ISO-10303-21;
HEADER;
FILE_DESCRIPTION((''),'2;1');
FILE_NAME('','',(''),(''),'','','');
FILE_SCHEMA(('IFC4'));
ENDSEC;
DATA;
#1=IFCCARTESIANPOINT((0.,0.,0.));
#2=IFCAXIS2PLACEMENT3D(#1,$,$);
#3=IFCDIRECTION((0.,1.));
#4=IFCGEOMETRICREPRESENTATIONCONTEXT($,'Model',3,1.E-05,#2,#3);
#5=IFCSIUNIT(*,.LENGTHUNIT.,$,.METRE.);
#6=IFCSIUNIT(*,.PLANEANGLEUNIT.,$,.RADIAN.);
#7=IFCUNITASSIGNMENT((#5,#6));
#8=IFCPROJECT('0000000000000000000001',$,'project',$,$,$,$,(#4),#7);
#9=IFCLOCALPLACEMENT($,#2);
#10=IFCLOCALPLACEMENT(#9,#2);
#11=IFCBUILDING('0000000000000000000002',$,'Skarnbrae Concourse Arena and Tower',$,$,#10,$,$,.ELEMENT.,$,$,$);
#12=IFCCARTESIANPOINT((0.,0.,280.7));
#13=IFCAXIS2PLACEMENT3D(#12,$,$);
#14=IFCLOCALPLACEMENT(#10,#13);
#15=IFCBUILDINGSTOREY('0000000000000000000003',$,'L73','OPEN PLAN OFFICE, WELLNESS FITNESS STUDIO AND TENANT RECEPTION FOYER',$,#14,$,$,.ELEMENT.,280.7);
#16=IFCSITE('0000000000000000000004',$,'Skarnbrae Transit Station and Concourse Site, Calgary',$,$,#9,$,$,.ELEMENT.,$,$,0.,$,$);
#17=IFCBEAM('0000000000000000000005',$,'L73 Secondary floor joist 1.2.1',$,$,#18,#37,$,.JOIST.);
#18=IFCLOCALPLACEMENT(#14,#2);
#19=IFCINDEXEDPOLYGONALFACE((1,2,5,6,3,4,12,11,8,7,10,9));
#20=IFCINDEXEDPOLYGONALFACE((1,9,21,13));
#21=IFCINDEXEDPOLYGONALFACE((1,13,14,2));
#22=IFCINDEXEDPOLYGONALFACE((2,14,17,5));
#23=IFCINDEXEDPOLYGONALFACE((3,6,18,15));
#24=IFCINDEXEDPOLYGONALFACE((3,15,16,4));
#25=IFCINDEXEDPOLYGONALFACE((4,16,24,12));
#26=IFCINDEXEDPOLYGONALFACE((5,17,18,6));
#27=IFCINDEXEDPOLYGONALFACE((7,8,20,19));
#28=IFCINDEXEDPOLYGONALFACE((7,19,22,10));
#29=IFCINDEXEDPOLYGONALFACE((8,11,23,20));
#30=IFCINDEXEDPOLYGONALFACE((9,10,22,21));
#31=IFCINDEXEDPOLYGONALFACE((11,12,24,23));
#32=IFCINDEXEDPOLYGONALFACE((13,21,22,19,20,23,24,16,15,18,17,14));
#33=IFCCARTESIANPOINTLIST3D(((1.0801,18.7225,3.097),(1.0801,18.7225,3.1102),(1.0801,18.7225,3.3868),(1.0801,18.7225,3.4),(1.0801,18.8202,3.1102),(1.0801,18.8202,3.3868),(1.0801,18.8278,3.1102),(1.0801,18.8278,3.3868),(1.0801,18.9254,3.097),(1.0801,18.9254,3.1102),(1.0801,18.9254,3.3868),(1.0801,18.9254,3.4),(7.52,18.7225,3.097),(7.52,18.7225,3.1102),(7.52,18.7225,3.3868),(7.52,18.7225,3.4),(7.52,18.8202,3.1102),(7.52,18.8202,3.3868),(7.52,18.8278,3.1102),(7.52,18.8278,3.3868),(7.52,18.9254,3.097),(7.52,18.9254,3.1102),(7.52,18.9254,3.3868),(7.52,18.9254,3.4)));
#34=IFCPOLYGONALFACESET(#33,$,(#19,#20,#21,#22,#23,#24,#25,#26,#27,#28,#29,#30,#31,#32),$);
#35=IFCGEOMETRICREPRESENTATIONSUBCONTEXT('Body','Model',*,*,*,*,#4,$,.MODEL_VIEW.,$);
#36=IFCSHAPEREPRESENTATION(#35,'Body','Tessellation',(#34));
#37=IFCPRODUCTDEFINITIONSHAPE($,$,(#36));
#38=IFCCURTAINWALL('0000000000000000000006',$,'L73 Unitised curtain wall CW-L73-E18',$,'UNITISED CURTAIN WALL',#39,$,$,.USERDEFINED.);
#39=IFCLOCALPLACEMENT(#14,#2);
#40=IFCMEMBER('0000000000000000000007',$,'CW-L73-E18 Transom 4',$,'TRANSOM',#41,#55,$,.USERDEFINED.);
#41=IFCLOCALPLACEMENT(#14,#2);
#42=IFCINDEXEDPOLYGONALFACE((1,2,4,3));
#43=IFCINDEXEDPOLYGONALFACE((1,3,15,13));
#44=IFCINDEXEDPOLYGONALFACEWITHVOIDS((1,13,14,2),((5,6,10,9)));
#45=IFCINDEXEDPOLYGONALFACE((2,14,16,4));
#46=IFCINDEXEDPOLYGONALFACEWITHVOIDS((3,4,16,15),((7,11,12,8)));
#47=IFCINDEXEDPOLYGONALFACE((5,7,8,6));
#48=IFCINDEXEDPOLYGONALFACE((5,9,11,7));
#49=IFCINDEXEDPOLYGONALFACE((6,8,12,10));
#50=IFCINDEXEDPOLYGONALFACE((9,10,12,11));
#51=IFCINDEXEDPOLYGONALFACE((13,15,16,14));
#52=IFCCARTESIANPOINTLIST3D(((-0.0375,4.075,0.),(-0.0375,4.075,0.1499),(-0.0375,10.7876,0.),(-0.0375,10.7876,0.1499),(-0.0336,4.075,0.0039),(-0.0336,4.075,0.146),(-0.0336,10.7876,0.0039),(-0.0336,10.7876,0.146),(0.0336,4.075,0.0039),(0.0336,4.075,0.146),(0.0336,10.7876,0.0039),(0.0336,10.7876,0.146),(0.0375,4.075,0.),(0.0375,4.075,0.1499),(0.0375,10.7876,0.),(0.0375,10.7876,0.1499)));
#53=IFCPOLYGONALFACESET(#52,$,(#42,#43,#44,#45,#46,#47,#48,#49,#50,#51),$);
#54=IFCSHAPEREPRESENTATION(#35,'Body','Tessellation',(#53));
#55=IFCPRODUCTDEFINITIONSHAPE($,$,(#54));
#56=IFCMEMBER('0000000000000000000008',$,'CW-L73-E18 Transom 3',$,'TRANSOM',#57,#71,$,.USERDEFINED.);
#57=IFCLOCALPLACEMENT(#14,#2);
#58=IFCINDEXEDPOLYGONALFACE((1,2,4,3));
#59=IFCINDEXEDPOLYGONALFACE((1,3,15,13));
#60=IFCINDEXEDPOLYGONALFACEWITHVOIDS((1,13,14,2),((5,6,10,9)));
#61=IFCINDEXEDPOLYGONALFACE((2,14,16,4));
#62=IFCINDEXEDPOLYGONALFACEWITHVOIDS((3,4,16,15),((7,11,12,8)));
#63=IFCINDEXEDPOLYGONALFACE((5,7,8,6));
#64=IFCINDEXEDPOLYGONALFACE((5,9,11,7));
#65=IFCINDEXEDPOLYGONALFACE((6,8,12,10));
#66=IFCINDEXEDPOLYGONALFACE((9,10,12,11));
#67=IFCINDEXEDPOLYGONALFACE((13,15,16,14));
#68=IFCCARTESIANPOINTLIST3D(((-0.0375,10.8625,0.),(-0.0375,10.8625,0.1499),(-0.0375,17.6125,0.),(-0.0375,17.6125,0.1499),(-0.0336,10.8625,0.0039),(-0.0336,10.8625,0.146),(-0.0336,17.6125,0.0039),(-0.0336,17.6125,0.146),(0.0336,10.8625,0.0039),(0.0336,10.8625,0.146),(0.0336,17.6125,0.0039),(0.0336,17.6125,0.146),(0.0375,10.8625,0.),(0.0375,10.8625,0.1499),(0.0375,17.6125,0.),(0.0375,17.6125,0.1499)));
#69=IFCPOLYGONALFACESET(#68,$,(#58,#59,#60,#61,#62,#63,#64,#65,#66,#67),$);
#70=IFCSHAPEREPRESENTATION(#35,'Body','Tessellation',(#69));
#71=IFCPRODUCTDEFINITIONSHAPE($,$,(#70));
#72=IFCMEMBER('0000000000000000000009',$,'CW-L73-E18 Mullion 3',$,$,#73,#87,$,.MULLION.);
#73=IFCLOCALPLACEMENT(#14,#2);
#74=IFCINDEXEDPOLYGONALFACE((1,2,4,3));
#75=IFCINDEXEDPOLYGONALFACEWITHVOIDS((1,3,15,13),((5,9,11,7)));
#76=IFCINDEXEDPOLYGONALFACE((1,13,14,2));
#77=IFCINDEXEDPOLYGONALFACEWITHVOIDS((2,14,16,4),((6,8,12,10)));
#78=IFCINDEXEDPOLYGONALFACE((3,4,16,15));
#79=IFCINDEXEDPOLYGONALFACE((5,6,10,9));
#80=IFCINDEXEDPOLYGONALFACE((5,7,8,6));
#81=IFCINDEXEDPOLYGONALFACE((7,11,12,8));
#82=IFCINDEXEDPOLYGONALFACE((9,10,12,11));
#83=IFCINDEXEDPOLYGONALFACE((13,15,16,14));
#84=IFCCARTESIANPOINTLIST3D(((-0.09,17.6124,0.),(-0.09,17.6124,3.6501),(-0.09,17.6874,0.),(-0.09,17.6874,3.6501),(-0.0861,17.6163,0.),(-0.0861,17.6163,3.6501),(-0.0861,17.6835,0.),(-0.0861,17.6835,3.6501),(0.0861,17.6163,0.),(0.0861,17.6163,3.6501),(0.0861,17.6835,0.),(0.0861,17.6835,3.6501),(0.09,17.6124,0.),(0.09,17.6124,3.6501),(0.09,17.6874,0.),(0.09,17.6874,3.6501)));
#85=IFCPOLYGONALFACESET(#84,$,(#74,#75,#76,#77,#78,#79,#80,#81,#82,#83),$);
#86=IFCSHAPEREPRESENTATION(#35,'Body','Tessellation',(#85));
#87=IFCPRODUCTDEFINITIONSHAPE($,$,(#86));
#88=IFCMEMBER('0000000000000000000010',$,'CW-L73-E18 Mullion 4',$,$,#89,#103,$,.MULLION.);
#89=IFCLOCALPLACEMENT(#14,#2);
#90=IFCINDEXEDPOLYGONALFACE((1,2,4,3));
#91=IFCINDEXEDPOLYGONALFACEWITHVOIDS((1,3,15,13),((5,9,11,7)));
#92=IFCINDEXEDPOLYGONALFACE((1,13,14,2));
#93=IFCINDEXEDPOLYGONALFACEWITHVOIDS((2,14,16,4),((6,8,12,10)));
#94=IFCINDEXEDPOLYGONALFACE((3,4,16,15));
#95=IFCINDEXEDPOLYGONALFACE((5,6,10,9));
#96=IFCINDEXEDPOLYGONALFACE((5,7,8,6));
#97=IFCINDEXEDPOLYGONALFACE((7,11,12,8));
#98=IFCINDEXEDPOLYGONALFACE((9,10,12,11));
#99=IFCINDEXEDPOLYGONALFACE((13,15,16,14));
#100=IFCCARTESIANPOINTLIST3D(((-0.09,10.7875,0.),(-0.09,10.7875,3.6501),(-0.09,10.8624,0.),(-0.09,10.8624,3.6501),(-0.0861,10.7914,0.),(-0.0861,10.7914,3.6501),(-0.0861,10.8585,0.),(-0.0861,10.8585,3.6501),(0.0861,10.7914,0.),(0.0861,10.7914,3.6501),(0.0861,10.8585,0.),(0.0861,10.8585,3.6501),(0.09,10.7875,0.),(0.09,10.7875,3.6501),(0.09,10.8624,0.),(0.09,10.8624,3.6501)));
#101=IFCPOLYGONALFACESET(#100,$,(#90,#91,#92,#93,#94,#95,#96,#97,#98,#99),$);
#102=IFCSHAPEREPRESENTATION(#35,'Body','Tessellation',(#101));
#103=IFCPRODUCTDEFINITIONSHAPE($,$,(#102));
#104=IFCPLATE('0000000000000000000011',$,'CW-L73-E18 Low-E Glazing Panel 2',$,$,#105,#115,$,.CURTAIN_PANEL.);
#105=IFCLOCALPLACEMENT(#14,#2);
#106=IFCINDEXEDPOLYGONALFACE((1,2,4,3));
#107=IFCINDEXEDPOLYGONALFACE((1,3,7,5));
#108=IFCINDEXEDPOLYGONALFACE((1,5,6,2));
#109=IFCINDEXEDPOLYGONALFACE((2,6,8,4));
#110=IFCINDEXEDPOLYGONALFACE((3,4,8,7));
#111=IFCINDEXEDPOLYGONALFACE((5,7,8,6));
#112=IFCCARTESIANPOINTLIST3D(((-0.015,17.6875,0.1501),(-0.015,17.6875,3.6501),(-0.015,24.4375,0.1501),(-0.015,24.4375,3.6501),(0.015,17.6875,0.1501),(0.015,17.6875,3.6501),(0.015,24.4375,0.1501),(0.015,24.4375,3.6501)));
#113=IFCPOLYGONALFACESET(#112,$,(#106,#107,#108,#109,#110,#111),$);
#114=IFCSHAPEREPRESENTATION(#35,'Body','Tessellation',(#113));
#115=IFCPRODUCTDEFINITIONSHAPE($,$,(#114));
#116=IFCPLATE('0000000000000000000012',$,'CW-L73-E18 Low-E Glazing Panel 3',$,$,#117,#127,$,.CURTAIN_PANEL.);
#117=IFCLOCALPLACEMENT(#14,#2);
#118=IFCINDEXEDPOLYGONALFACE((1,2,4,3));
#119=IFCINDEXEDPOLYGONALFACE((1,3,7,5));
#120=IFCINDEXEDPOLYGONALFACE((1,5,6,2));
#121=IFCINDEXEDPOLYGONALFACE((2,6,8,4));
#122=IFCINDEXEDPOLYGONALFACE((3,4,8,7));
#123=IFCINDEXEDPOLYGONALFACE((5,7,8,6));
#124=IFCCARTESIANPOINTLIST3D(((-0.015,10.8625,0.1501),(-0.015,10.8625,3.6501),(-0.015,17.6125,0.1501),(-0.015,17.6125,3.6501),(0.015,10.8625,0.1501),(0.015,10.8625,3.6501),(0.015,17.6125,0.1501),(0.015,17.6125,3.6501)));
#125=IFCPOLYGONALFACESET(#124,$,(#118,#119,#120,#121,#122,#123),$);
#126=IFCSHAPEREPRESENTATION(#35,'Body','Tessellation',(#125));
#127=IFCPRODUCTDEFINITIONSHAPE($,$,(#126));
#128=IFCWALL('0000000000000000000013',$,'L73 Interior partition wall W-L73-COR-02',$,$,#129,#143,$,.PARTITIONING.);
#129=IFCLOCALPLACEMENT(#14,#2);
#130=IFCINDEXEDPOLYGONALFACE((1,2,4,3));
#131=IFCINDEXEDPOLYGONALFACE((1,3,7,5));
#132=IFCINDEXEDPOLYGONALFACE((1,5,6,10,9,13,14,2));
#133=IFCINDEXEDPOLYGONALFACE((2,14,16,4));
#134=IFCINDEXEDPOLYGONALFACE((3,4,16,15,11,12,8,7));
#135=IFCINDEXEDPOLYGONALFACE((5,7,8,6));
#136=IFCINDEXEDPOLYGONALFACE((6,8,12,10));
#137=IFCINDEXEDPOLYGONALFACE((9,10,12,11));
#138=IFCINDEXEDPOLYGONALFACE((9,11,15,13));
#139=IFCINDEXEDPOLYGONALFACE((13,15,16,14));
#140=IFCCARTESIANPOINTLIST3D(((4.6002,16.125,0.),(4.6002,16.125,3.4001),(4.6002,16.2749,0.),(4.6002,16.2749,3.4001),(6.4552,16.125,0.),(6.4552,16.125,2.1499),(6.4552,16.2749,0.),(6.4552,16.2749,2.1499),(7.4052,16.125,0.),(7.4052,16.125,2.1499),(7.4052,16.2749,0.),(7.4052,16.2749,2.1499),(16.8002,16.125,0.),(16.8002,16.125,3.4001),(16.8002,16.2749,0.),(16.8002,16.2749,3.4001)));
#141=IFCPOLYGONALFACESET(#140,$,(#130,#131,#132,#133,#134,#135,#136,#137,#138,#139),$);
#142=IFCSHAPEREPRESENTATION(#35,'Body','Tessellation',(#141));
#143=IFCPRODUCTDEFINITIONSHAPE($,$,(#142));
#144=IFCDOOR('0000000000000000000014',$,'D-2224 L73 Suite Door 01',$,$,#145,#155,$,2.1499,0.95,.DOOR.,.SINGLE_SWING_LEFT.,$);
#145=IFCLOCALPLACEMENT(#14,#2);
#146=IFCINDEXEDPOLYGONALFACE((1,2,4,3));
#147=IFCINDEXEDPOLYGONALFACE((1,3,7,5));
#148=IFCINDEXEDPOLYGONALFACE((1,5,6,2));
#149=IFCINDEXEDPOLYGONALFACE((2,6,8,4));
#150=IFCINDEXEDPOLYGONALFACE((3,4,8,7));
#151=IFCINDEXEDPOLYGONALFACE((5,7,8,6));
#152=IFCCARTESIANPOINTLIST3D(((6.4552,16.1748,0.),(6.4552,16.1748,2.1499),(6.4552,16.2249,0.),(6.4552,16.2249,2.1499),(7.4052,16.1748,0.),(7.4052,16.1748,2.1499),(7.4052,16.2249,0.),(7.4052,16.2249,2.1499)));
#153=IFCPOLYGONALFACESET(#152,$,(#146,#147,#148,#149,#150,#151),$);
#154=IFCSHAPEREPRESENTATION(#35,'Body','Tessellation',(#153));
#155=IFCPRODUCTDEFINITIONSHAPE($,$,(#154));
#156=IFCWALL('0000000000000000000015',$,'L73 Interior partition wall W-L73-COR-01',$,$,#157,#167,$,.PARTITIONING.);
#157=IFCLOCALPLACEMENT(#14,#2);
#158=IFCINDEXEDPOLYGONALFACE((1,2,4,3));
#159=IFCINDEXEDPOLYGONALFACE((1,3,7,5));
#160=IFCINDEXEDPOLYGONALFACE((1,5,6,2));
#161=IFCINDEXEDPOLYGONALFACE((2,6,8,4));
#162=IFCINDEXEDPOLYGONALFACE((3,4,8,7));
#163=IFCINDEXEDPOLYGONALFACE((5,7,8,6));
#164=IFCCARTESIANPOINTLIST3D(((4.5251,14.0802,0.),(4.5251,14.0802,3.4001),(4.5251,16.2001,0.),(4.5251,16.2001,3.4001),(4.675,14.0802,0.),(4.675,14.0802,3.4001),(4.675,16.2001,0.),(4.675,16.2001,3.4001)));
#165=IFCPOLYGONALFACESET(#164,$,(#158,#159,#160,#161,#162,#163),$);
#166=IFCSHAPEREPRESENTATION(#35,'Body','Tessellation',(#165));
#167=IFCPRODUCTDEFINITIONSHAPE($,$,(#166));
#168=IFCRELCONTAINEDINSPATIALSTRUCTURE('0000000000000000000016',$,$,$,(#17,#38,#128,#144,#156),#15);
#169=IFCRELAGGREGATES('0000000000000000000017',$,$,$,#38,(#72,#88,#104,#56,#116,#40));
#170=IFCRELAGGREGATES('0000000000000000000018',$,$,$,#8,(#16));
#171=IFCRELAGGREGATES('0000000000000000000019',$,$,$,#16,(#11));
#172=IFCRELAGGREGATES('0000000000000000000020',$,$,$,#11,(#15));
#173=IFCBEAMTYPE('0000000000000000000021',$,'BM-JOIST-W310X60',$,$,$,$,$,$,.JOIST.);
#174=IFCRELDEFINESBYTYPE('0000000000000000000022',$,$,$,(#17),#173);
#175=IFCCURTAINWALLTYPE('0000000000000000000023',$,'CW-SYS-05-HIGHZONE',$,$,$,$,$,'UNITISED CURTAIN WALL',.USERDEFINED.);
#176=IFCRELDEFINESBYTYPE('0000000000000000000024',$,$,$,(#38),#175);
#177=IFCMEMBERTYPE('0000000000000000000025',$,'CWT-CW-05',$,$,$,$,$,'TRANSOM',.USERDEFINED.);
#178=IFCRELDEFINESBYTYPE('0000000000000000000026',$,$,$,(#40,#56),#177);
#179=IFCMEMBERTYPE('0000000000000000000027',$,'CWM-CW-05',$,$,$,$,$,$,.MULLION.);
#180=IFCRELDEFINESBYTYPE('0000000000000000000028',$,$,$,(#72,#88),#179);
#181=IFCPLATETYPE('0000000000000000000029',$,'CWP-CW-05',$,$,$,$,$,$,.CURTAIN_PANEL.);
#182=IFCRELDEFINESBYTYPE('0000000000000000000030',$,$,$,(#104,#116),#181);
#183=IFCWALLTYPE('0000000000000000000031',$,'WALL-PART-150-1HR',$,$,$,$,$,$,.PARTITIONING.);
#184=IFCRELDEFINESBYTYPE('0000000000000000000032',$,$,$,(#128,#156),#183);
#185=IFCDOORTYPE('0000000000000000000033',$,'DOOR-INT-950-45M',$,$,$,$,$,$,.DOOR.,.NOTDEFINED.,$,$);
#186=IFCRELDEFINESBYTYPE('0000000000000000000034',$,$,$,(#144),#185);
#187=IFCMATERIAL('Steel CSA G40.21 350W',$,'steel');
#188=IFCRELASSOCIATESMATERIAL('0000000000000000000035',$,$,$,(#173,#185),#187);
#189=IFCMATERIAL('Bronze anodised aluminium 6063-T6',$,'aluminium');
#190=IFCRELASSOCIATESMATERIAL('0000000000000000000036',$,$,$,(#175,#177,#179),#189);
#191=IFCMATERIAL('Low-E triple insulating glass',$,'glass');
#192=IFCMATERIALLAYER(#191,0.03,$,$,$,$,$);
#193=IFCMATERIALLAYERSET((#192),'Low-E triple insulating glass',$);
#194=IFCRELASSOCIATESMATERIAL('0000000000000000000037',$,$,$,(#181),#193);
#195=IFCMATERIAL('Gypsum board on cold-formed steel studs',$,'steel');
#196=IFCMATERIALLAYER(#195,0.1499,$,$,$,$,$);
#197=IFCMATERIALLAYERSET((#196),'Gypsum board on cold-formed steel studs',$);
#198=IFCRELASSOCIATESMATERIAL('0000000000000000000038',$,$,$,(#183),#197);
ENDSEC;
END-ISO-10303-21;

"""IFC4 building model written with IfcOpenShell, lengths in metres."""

from ifc_helpers import new_model, si_unit, direction, frame, frame_2d, origin, origin_2d, place, context, subcontext, project, spatial, rectangle, hollow_rectangle, i_section, extrude, source, transform, mapped, material, layer, layer_set, material_profile, profile_set, type_object, element, fill, aggregate, save


model = new_model("IFC4")

# Units and contexts
model_context = context("Model", 3, precision=1e-05, world=origin(), true_north=direction((0.0, 1.0)))
body_context = subcontext(model_context, "Body", "Model", "MODEL_VIEW")
ifc_project = project(units=[si_unit("LENGTHUNIT", "METRE"), si_unit("PLANEANGLEUNIT", "RADIAN")], contexts=[model_context])

# Site, building, storey
site_placement = place(None, origin())
site = spatial("IfcSite", under=ifc_project, at=site_placement, Name="Skarnbrae Transit Station and Concourse Site, Calgary", CompositionType="ELEMENT", RefElevation=0.0)
building_placement = place(site_placement, origin())
building = spatial("IfcBuilding", under=site, at=building_placement, Name="Skarnbrae Concourse Arena and Tower", CompositionType="ELEMENT")
storey_placement = place(building_placement, frame((0.0, 0.0, 280.7)))
storey = spatial("IfcBuildingStorey", under=building, at=storey_placement, Name="L73", Description="OPEN PLAN OFFICE, WELLNESS FITNESS STUDIO AND TENANT RECEPTION FOYER", CompositionType="ELEMENT", Elevation=280.7)

# Shared definitions
ifc_material_1 = material(Name="Steel CSA G40.21 350W", Category="steel")

# Beam
ifc_material_profile_1 = material_profile(ifc_material_1, i_section(OverallWidth=0.2029, OverallDepth=0.303, WebThickness=0.0076, FlangeThickness=0.0132, at=origin_2d()), Name="W310X60")
ifc_profile_set_1 = profile_set([ifc_material_profile_1], Name="Steel CSA G40.21 350W")
beam_type_1 = type_object("IfcBeamType", Name="BM-JOIST-W310X60", PredefinedType="JOIST", material=ifc_profile_set_1)
shared_shape_1 = source(origin(), body_context, "Body", "SweptSolid", [
    extrude(i_section(OverallWidth=0.2029, OverallDepth=0.303, WebThickness=0.0076, FlangeThickness=0.0132, at=origin_2d()), origin(), (0.0, 0.0, 1.0), 6.4399),
])
for number, where, z_axis, x_axis, name in (
    (1, (1.0801, 18.824, 3.2485), (1.0, 0.0, 0.0), (0.0, 1.0, 0.0), "L73 Secondary floor joist 1.2.1"),
):
    element("IfcBeam", number, at=place(storey_placement, frame(where, z_axis=z_axis, x_axis=x_axis)), inside=storey, type_object=beam_type_1, Name=name, PredefinedType="JOIST", context=body_context, shape_type="MappedRepresentation", body=[
        mapped(shared_shape_1, transform((0.0, 0.0, 0.0))),
    ])

# Curtain wall, members, plates
ifc_material_2 = material(Name="Bronze anodised aluminium 6063-T6", Category="aluminium")
curtain_wall_type = type_object("IfcCurtainWallType", Name="CW-SYS-05-HIGHZONE", ElementType="UNITISED CURTAIN WALL", PredefinedType="USERDEFINED", material=ifc_material_2)
curtain_wall_placement = place(storey_placement, origin())
curtain_wall = element("IfcCurtainWall", 2, at=curtain_wall_placement, inside=storey, type_object=curtain_wall_type, Name="L73 Unitised curtain wall CW-L73-E18", ObjectType="UNITISED CURTAIN WALL", PredefinedType="USERDEFINED")
ifc_material_profile_2 = material_profile(ifc_material_2, hollow_rectangle(XDim=0.075, YDim=0.1499, WallThickness=0.0039, at=origin_2d()), Name="ALU-TRAN-75X150")
ifc_profile_set_2 = profile_set([ifc_material_profile_2], Name="Bronze anodised aluminium 6063-T6")
member_type_1 = type_object("IfcMemberType", Name="CWT-CW-05", ElementType="TRANSOM", PredefinedType="USERDEFINED", material=ifc_profile_set_2)
shared_shape_2 = source(origin(), body_context, "Body", "SweptSolid", [
    extrude(hollow_rectangle(XDim=0.075, YDim=0.1499, WallThickness=0.0039, at=origin_2d()), origin(), (0.0, 0.0, 1.0), 6.7126),
])
member_1_placement = place(storey_placement, frame((0.0, 10.7876, 0.075), z_axis=(0.0, -1.0, 0.0), x_axis=(1.0, 0.0, 0.0)))
member_1 = element("IfcMember", 3, at=member_1_placement, type_object=member_type_1, Name="CW-L73-E18 Transom 4", ObjectType="TRANSOM", PredefinedType="USERDEFINED", context=body_context, shape_type="MappedRepresentation", body=[
    mapped(shared_shape_2, transform((0.0, 0.0, 0.0))),
])
shared_shape_3 = source(origin(), body_context, "Body", "SweptSolid", [
    extrude(hollow_rectangle(XDim=0.075, YDim=0.1499, WallThickness=0.0039, at=origin_2d()), origin(), (0.0, 0.0, 1.0), 6.75),
])
member_2_placement = place(storey_placement, frame((0.0, 17.6125, 0.075), z_axis=(0.0, -1.0, 0.0), x_axis=(1.0, 0.0, 0.0)))
member_2 = element("IfcMember", 4, at=member_2_placement, type_object=member_type_1, Name="CW-L73-E18 Transom 3", ObjectType="TRANSOM", PredefinedType="USERDEFINED", context=body_context, shape_type="MappedRepresentation", body=[
    mapped(shared_shape_3, transform((0.0, 0.0, 0.0))),
])
ifc_material_profile_3 = material_profile(ifc_material_2, hollow_rectangle(XDim=0.075, YDim=0.1799, WallThickness=0.0039, at=origin_2d()), Name="ALU-MULL-75X180")
ifc_profile_set_3 = profile_set([ifc_material_profile_3], Name="Bronze anodised aluminium 6063-T6")
member_type_2 = type_object("IfcMemberType", Name="CWM-CW-05", PredefinedType="MULLION", material=ifc_profile_set_3)
shared_shape_4 = source(origin(), body_context, "Body", "SweptSolid", [
    extrude(hollow_rectangle(XDim=0.075, YDim=0.1799, WallThickness=0.0039, at=origin_2d()), origin(), (0.0, 0.0, 1.0), 3.6501),
])
member_3_placement = place(storey_placement, frame((0.0, 17.6499, 0.0), z_axis=(0.0, 0.0, 1.0), x_axis=(0.0, -1.0, 0.0)))
member_3 = element("IfcMember", 5, at=member_3_placement, type_object=member_type_2, Name="CW-L73-E18 Mullion 3", PredefinedType="MULLION", context=body_context, shape_type="MappedRepresentation", body=[
    mapped(shared_shape_4, transform((0.0, 0.0, 0.0))),
])
member_4_placement = place(storey_placement, frame((0.0, 10.825, 0.0), z_axis=(0.0, 0.0, 1.0), x_axis=(0.0, -1.0, 0.0)))
member_4 = element("IfcMember", 6, at=member_4_placement, type_object=member_type_2, Name="CW-L73-E18 Mullion 4", PredefinedType="MULLION", context=body_context, shape_type="MappedRepresentation", body=[
    mapped(shared_shape_4, transform((0.0, 0.0, 0.0))),
])
ifc_material_3 = material(Name="Low-E triple insulating glass", Category="glass")
ifc_layer_1 = layer(ifc_material_3, 0.03)
ifc_layer_set_1 = layer_set([ifc_layer_1], Name="Low-E triple insulating glass")
plate_type = type_object("IfcPlateType", Name="CWP-CW-05", PredefinedType="CURTAIN_PANEL", material=ifc_layer_set_1)
shared_shape_5 = source(origin(), body_context, "Body", "SweptSolid", [
    extrude(rectangle(XDim=6.75, YDim=0.03, at=origin_2d()), origin(), (0.0, 0.0, 1.0), 3.5),
])
plate_1_placement = place(storey_placement, frame((0.0, 21.0625, 0.1501), z_axis=(0.0, 0.0, 1.0), x_axis=(0.0, -1.0, 0.0)))
plate_1 = element("IfcPlate", 7, at=plate_1_placement, type_object=plate_type, Name="CW-L73-E18 Low-E Glazing Panel 2", PredefinedType="CURTAIN_PANEL", context=body_context, shape_type="MappedRepresentation", body=[
    mapped(shared_shape_5, transform((0.0, 0.0, 0.0))),
])
plate_2_placement = place(storey_placement, frame((0.0, 14.2375, 0.1501), z_axis=(0.0, 0.0, 1.0), x_axis=(0.0, -1.0, 0.0)))
plate_2 = element("IfcPlate", 8, at=plate_2_placement, type_object=plate_type, Name="CW-L73-E18 Low-E Glazing Panel 3", PredefinedType="CURTAIN_PANEL", context=body_context, shape_type="MappedRepresentation", body=[
    mapped(shared_shape_5, transform((0.0, 0.0, 0.0))),
])
aggregate(curtain_wall, [member_3, member_4, plate_1, member_2, plate_2, member_1])

# Wall, opening, door
ifc_material_4 = material(Name="Gypsum board on cold-formed steel studs", Category="steel")
ifc_layer_2 = layer(ifc_material_4, 0.1499)
ifc_layer_set_2 = layer_set([ifc_layer_2], Name="Gypsum board on cold-formed steel studs")
wall_type_1 = type_object("IfcWallType", Name="WALL-PART-150-1HR", PredefinedType="PARTITIONING", material=ifc_layer_set_2)
shared_shape_6 = source(origin(), body_context, "Body", "SweptSolid", [
    extrude(rectangle(XDim=12.2, YDim=0.1499, at=frame_2d((6.1001, 0.0))), origin(), (0.0, 0.0, 1.0), 3.4001),
])
wall_1_placement = place(storey_placement, frame((4.6001, 16.2, 0.0), z_axis=(0.0, 0.0, 1.0), x_axis=(1.0, 0.0, 0.0)))
wall_1 = element("IfcWall", 9, at=wall_1_placement, inside=storey, type_object=wall_type_1, Name="L73 Interior partition wall W-L73-COR-02", PredefinedType="PARTITIONING", context=body_context, shape_type="MappedRepresentation", body=[
    mapped(shared_shape_6, transform((0.0, 0.0, 0.0))),
])
opening_1_placement = place(wall_1_placement, frame((1.855, 0.0, 0.0)))
opening_1 = element("IfcOpeningElement", 10, at=opening_1_placement, cuts=wall_1, PredefinedType="OPENING", context=body_context, shape_type="SweptSolid", body=[
    extrude(rectangle(XDim=0.95, YDim=2.1499, at=frame_2d((0.4751, 1.075))), frame((0.0, 0.085, 0.0), z_axis=(0.0, -1.0, 0.0), x_axis=(1.0, 0.0, 0.0)), (0.0, 0.0, 1.0), 0.1699),
])
door_type_1 = type_object("IfcDoorType", Name="DOOR-INT-950-45M", OperationType="NOTDEFINED", PredefinedType="DOOR", material=ifc_material_1)
shared_shape_7 = source(origin(), body_context, "Body", "SweptSolid", [
    extrude(rectangle(XDim=0.95, YDim=2.1499, at=frame_2d((0.4751, 1.075))), frame((0.0, 0.0249, 0.0), z_axis=(0.0, -1.0, 0.0), x_axis=(1.0, 0.0, 0.0)), (0.0, 0.0, 1.0), 0.05),
])
door_1_placement = place(opening_1_placement, origin())
door_1 = element("IfcDoor", 11, at=door_1_placement, inside=storey, type_object=door_type_1, Name="D-2224 L73 Suite Door 01", OperationType="SINGLE_SWING_LEFT", OverallHeight=2.1499, OverallWidth=0.95, PredefinedType="DOOR", context=body_context, shape_type="MappedRepresentation", body=[
    mapped(shared_shape_7, transform((0.0, 0.0, 0.0))),
])
fill(opening_1, door_1)

# Wall
shared_shape_8 = source(origin(), body_context, "Body", "SweptSolid", [
    extrude(rectangle(XDim=2.1199, YDim=0.1499, at=frame_2d((1.0601, 0.0))), origin(), (0.0, 0.0, 1.0), 3.4001),
])
wall_2_placement = place(storey_placement, frame((4.6001, 14.0801, 0.0), z_axis=(0.0, 0.0, 1.0), x_axis=(0.0, 1.0, 0.0)))
element("IfcWall", 12, at=wall_2_placement, inside=storey, type_object=wall_type_1, Name="L73 Interior partition wall W-L73-COR-01", PredefinedType="PARTITIONING", context=body_context, shape_type="MappedRepresentation", body=[
    mapped(shared_shape_8, transform((0.0, 0.0, 0.0))),
])

save(model, "model.ifc")
